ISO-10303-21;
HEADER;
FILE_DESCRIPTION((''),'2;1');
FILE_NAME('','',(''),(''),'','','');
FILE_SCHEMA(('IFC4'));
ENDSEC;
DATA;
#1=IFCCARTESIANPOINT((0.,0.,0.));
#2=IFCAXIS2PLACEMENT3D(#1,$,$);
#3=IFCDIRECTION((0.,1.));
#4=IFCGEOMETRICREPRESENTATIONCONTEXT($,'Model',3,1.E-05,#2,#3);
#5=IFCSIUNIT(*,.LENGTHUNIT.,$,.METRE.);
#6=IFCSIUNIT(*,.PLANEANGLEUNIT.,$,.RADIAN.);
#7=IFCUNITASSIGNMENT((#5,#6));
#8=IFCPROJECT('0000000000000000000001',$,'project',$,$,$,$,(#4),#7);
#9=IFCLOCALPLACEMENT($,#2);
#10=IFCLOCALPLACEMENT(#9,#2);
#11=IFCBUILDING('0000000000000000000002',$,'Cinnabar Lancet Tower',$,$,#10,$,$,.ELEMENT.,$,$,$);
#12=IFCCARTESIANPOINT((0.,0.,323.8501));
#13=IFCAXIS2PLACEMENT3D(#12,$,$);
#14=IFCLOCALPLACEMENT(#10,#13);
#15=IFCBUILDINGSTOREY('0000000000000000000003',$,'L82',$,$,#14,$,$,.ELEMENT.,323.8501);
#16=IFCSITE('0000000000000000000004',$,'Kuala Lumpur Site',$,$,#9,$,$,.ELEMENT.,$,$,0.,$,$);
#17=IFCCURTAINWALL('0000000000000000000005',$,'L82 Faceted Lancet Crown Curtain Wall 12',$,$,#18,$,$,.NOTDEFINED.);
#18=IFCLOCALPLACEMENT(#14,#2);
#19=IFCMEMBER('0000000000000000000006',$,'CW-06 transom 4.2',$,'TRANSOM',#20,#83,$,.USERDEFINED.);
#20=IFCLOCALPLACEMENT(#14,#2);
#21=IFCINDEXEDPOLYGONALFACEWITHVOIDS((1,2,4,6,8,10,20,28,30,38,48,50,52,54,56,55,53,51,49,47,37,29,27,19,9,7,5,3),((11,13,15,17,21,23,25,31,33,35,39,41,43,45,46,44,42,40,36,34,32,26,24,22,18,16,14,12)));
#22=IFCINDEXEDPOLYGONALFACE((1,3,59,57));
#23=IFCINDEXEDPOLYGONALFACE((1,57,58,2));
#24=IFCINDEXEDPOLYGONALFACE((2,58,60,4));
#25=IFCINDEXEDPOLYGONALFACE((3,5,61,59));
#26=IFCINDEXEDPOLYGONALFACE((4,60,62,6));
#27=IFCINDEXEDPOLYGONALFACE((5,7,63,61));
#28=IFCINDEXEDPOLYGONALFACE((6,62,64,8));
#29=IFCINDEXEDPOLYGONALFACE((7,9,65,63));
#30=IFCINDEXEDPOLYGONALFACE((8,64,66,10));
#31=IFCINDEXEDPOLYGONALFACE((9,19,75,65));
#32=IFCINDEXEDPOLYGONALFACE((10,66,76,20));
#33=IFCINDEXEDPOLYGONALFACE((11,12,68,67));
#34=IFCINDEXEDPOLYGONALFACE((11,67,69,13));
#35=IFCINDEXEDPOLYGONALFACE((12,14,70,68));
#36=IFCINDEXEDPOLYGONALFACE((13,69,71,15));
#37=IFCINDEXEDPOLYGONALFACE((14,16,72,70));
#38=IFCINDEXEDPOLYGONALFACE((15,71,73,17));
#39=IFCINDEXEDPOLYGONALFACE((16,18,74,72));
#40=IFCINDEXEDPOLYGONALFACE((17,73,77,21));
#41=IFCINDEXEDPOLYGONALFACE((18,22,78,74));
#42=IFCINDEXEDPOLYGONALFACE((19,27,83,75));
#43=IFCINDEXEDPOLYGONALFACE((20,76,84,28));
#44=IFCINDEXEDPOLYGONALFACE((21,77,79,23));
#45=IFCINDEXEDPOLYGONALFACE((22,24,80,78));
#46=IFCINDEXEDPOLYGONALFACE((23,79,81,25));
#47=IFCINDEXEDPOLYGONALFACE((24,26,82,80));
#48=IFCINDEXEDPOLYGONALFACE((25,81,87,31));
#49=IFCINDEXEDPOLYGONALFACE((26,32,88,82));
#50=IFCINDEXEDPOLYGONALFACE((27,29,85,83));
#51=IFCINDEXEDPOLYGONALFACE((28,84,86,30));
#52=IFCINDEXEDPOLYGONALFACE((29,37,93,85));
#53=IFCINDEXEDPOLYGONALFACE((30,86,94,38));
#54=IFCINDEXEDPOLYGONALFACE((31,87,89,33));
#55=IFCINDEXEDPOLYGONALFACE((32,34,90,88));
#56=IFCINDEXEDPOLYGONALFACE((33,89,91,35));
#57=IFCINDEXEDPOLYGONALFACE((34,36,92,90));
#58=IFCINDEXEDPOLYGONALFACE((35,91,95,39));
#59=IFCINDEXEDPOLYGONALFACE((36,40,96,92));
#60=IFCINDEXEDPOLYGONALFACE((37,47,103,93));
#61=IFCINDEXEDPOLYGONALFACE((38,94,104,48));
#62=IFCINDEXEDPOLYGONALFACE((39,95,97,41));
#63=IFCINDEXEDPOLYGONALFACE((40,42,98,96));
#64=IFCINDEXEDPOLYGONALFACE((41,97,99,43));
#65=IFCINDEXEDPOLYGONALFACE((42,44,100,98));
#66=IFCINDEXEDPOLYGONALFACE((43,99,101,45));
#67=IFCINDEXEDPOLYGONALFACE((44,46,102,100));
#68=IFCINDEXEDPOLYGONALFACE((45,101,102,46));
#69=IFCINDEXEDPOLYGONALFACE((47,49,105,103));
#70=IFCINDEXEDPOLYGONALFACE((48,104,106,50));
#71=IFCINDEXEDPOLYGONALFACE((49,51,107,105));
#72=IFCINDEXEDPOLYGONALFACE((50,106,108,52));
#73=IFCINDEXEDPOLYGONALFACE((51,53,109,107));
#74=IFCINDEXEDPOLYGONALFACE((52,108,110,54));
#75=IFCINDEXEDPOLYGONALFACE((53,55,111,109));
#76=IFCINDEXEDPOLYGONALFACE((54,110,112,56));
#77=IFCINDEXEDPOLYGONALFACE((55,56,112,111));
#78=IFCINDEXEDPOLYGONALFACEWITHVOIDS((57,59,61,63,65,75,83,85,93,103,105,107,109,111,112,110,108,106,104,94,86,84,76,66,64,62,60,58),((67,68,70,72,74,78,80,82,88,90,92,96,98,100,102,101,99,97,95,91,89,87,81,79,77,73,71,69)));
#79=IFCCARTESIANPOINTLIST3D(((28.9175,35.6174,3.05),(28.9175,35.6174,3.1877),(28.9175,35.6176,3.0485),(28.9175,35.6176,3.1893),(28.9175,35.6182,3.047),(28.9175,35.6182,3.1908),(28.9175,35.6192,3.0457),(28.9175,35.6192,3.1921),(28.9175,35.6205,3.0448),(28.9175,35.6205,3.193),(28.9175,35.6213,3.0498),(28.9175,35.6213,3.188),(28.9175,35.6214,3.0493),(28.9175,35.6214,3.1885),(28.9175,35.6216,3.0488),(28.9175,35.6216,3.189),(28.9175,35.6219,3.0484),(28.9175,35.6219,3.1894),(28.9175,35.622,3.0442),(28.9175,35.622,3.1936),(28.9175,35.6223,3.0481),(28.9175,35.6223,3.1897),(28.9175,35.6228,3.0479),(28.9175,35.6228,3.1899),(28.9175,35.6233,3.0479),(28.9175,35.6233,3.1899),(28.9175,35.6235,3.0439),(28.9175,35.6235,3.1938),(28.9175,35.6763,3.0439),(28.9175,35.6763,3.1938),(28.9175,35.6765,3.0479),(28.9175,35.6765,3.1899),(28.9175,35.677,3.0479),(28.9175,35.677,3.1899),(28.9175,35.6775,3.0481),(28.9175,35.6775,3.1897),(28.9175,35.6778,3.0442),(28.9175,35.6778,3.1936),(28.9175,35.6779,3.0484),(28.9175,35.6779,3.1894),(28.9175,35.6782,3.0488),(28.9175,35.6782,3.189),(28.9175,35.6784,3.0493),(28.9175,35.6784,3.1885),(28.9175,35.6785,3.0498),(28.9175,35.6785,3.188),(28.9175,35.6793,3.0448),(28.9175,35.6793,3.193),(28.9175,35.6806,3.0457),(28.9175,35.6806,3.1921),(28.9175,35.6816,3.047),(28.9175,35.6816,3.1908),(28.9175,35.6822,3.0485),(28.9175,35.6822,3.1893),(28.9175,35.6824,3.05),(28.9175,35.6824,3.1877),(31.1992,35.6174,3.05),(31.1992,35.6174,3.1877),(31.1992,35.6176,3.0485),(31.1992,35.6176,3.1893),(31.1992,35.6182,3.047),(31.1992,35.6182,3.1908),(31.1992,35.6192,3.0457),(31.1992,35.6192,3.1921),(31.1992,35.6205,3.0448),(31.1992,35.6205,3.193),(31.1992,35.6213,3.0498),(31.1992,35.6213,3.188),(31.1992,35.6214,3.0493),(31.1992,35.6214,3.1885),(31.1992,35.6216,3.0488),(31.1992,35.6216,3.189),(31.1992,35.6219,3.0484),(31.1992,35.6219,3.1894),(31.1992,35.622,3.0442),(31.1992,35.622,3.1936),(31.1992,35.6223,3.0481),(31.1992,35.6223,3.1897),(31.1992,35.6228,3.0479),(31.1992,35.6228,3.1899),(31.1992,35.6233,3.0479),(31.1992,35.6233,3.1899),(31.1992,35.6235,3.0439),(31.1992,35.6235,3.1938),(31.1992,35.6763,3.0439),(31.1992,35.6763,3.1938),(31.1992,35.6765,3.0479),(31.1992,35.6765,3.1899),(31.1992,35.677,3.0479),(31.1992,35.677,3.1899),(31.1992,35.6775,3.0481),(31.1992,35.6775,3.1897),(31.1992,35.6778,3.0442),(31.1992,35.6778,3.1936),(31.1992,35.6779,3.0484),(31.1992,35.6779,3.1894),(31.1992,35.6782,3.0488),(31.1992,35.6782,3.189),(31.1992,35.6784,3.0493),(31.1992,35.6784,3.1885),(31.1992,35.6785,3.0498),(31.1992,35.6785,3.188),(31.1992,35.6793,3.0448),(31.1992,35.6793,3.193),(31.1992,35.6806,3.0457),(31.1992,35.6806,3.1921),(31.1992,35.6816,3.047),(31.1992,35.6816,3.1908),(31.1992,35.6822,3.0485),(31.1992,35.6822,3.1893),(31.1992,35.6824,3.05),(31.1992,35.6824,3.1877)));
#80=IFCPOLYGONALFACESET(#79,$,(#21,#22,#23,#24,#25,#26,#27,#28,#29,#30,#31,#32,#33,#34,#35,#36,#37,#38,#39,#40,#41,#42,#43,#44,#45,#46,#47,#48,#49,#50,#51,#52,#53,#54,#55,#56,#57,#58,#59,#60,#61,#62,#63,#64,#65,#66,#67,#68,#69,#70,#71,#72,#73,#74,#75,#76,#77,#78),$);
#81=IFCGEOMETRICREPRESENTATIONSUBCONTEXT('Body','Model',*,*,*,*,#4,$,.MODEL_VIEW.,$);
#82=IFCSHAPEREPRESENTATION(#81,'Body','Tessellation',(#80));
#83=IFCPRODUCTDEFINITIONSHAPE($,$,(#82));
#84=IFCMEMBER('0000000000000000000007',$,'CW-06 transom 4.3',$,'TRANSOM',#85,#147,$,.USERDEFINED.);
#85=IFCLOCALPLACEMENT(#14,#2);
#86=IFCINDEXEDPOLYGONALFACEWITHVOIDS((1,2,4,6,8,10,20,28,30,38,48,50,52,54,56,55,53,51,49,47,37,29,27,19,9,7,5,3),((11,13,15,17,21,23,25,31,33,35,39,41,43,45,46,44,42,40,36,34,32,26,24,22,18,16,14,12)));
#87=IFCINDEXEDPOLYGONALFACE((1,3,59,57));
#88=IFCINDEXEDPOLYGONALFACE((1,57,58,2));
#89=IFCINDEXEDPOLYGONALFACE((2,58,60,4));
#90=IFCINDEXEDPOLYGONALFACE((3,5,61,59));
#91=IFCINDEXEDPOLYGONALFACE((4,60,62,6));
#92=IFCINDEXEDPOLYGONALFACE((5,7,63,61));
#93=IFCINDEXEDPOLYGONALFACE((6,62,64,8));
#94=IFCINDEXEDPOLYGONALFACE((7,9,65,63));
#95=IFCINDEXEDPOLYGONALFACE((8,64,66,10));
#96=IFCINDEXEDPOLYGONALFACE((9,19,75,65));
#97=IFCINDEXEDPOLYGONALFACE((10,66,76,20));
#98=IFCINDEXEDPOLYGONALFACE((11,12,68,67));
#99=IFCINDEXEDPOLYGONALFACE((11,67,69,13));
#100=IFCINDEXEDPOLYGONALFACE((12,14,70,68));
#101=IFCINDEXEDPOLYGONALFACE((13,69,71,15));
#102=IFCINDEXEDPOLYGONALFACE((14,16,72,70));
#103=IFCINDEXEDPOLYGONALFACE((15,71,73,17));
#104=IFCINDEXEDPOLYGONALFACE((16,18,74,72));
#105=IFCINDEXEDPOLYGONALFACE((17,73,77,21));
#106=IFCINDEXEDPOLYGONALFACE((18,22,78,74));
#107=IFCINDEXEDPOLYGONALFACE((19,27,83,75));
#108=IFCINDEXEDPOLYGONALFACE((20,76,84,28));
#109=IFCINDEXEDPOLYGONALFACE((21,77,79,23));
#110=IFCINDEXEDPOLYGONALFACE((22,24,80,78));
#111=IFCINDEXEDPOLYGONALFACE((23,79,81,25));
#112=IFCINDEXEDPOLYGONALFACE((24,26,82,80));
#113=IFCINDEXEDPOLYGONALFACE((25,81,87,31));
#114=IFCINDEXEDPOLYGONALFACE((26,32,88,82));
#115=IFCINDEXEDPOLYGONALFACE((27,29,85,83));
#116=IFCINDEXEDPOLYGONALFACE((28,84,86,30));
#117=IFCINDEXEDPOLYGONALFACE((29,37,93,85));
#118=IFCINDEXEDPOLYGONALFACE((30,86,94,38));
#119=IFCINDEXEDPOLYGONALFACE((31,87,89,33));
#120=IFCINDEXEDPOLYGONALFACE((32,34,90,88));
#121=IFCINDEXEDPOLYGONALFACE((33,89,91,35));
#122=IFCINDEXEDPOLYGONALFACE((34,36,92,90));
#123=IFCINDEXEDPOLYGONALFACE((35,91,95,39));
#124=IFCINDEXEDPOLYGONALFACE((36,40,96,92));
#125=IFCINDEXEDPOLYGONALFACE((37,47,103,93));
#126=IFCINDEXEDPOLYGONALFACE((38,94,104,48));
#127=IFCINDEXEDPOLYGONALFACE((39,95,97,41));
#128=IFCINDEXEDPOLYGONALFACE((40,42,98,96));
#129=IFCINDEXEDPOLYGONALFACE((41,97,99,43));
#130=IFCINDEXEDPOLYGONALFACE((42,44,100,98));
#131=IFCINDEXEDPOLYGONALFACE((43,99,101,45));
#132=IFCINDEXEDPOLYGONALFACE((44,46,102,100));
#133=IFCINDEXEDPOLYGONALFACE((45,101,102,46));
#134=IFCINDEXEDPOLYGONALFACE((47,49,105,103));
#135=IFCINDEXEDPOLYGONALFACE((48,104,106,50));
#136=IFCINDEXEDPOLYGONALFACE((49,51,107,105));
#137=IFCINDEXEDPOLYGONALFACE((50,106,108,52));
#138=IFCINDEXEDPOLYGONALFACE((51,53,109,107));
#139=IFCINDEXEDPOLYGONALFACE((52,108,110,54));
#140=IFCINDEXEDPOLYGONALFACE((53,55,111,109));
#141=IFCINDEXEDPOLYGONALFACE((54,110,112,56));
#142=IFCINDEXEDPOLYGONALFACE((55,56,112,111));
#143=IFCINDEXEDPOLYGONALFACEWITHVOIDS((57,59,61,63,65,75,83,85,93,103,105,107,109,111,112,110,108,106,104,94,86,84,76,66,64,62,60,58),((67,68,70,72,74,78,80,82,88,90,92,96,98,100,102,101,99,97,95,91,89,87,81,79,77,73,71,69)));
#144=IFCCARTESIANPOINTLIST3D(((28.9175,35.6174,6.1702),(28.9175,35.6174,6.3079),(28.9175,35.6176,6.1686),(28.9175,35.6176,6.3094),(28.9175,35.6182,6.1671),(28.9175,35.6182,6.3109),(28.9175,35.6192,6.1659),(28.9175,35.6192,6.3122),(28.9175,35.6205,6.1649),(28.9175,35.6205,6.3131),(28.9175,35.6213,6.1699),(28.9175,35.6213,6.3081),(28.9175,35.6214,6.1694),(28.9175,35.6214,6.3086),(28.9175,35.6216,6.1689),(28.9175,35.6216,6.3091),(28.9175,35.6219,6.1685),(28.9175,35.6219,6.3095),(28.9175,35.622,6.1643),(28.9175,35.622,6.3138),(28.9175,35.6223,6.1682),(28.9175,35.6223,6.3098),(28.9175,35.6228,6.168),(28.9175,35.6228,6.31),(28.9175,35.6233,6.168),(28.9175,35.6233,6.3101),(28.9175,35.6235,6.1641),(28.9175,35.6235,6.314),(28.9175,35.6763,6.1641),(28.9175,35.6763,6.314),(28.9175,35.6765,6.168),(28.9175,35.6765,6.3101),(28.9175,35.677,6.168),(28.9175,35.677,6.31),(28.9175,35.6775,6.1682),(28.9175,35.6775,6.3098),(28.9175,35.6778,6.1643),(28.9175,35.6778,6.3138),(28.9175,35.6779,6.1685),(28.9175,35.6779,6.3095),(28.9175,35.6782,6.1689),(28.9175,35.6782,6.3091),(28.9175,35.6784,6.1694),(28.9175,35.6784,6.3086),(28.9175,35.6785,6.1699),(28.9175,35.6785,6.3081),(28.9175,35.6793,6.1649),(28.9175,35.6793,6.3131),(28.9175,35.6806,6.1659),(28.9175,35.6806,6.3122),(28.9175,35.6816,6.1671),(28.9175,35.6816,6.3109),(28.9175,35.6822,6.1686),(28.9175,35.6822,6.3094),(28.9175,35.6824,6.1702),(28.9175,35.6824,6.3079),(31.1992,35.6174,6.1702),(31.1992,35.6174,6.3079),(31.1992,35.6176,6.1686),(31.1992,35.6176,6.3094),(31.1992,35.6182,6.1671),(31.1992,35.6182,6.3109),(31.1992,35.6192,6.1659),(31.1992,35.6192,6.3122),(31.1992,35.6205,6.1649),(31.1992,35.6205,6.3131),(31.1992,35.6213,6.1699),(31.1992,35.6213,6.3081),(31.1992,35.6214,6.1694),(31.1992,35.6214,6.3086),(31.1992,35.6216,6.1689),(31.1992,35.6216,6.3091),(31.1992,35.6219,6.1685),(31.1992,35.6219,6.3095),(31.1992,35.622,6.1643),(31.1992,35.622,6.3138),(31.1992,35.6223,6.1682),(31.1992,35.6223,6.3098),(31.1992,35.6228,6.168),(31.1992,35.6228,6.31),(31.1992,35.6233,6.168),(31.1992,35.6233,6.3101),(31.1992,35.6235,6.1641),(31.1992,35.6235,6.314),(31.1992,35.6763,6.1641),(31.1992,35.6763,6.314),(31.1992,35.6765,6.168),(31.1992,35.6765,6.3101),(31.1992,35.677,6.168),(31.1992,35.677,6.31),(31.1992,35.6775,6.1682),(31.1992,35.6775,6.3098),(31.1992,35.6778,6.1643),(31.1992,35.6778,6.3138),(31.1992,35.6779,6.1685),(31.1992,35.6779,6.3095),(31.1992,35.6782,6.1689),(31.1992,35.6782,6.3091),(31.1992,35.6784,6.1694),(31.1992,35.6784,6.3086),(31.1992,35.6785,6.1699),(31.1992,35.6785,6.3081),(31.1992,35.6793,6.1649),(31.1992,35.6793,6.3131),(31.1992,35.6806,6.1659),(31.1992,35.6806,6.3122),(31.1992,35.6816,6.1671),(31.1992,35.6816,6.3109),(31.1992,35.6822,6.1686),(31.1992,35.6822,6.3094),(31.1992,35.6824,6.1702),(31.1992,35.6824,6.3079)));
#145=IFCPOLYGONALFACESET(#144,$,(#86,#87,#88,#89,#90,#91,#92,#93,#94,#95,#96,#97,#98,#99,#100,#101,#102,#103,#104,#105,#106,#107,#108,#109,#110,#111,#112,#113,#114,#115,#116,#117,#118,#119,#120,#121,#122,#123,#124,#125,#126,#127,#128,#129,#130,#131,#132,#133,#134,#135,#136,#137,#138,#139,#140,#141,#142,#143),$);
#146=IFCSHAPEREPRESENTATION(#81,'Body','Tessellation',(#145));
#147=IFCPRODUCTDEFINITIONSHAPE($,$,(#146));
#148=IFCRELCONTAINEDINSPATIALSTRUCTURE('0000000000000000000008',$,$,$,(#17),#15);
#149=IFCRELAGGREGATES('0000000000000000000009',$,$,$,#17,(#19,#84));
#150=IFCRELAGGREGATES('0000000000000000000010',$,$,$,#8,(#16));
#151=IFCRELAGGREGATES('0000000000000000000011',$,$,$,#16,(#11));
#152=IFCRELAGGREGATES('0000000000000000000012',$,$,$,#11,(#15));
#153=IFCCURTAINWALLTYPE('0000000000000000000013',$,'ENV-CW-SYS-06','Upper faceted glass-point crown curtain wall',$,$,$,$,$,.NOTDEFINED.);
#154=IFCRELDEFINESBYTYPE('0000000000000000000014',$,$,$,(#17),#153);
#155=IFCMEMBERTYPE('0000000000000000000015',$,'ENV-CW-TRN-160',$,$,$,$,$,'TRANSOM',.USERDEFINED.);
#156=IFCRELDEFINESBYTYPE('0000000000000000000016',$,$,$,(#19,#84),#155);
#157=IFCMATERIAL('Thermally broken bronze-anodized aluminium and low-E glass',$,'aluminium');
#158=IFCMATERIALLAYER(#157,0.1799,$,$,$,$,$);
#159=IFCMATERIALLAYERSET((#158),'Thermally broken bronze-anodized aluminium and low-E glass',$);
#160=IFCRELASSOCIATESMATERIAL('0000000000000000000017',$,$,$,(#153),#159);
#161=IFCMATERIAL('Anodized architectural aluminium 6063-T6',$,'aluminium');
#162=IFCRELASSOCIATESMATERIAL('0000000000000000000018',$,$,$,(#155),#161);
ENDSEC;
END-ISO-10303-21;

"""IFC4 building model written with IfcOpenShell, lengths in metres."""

from ifc_helpers import new_model, si_unit, direction, frame, origin, origin_2d, place, context, subcontext, project, spatial, hollow_rectangle, extrude, material, layer, layer_set, material_profile, profile_set, type_object, element, aggregate, save


model = new_model("IFC4")

# Units and contexts
model_context = context("Model", 3, precision=1e-05, world=origin(), true_north=direction((0.0, 1.0)))
body_context = subcontext(model_context, "Body", "Model", "MODEL_VIEW")
ifc_project = project(units=[si_unit("LENGTHUNIT", "METRE"), si_unit("PLANEANGLEUNIT", "RADIAN")], contexts=[model_context])

# Site, building, storey
site_placement = place(None, origin())
site = spatial("IfcSite", under=ifc_project, at=site_placement, Name="Kuala Lumpur Site", CompositionType="ELEMENT", RefElevation=0.0)
building_placement = place(site_placement, origin())
building = spatial("IfcBuilding", under=site, at=building_placement, Name="Cinnabar Lancet Tower", CompositionType="ELEMENT")
storey_placement = place(building_placement, frame((0.0, 0.0, 323.8501)))
storey = spatial("IfcBuildingStorey", under=building, at=storey_placement, Name="L82", CompositionType="ELEMENT", Elevation=323.8501)

# Curtain wall
ifc_material_1 = material(Name="Thermally broken bronze-anodized aluminium and low-E glass", Category="aluminium")
ifc_layer_1 = layer(ifc_material_1, 0.1799)
ifc_layer_set_1 = layer_set([ifc_layer_1], Name="Thermally broken bronze-anodized aluminium and low-E glass")
curtain_wall_type = type_object("IfcCurtainWallType", Name="ENV-CW-SYS-06", Description="Upper faceted glass-point crown curtain wall", PredefinedType="NOTDEFINED", material=ifc_layer_set_1)
curtain_wall_1_placement = place(storey_placement, origin())
curtain_wall_1 = element("IfcCurtainWall", 1, at=curtain_wall_1_placement, inside=storey, type_object=curtain_wall_type, Name="L82 Faceted Lancet Crown Curtain Wall 12", PredefinedType="NOTDEFINED")

# Members
ifc_material_2 = material(Name="Anodized architectural aluminium 6063-T6", Category="aluminium")
ifc_material_profile_1 = material_profile(ifc_material_2, hollow_rectangle(XDim=0.0649, YDim=0.1499, WallThickness=0.0039, InnerFilletRadius=0.002, OuterFilletRadius=0.0061, at=origin_2d()), Name="CW-TRN 150x65x4")
ifc_profile_set_1 = profile_set([ifc_material_profile_1], Name="Anodized architectural aluminium 6063-T6")
member_type_1 = type_object("IfcMemberType", Name="ENV-CW-TRN-160", ElementType="TRANSOM", PredefinedType="USERDEFINED", material=ifc_profile_set_1)
member_1_placement = place(storey_placement, frame((31.1992, 35.6499, 3.1189), z_axis=(-1.0, 0.0, 0.0), x_axis=(0.0, -1.0, 0.0)))
member_1 = element("IfcMember", 2, at=member_1_placement, type_object=member_type_1, Name="CW-06 transom 4.2", ObjectType="TRANSOM", PredefinedType="USERDEFINED", context=body_context, shape_type="SweptSolid", body=[
    extrude(hollow_rectangle(XDim=0.0649, YDim=0.1499, WallThickness=0.0039, InnerFilletRadius=0.002, OuterFilletRadius=0.0061, at=origin_2d()), origin(), (0.0, 0.0, 1.0), 2.2817),
])
member_2_placement = place(storey_placement, frame((31.1992, 35.6499, 6.239), z_axis=(-1.0, 0.0, 0.0), x_axis=(0.0, -1.0, 0.0)))
member_2 = element("IfcMember", 3, at=member_2_placement, type_object=member_type_1, Name="CW-06 transom 4.3", ObjectType="TRANSOM", PredefinedType="USERDEFINED", context=body_context, shape_type="SweptSolid", body=[
    extrude(hollow_rectangle(XDim=0.0649, YDim=0.1499, WallThickness=0.0039, InnerFilletRadius=0.002, OuterFilletRadius=0.0061, at=origin_2d()), origin(), (0.0, 0.0, 1.0), 2.2817),
])

aggregate(curtain_wall_1, [member_1, member_2])

save(model, "model.ifc")
